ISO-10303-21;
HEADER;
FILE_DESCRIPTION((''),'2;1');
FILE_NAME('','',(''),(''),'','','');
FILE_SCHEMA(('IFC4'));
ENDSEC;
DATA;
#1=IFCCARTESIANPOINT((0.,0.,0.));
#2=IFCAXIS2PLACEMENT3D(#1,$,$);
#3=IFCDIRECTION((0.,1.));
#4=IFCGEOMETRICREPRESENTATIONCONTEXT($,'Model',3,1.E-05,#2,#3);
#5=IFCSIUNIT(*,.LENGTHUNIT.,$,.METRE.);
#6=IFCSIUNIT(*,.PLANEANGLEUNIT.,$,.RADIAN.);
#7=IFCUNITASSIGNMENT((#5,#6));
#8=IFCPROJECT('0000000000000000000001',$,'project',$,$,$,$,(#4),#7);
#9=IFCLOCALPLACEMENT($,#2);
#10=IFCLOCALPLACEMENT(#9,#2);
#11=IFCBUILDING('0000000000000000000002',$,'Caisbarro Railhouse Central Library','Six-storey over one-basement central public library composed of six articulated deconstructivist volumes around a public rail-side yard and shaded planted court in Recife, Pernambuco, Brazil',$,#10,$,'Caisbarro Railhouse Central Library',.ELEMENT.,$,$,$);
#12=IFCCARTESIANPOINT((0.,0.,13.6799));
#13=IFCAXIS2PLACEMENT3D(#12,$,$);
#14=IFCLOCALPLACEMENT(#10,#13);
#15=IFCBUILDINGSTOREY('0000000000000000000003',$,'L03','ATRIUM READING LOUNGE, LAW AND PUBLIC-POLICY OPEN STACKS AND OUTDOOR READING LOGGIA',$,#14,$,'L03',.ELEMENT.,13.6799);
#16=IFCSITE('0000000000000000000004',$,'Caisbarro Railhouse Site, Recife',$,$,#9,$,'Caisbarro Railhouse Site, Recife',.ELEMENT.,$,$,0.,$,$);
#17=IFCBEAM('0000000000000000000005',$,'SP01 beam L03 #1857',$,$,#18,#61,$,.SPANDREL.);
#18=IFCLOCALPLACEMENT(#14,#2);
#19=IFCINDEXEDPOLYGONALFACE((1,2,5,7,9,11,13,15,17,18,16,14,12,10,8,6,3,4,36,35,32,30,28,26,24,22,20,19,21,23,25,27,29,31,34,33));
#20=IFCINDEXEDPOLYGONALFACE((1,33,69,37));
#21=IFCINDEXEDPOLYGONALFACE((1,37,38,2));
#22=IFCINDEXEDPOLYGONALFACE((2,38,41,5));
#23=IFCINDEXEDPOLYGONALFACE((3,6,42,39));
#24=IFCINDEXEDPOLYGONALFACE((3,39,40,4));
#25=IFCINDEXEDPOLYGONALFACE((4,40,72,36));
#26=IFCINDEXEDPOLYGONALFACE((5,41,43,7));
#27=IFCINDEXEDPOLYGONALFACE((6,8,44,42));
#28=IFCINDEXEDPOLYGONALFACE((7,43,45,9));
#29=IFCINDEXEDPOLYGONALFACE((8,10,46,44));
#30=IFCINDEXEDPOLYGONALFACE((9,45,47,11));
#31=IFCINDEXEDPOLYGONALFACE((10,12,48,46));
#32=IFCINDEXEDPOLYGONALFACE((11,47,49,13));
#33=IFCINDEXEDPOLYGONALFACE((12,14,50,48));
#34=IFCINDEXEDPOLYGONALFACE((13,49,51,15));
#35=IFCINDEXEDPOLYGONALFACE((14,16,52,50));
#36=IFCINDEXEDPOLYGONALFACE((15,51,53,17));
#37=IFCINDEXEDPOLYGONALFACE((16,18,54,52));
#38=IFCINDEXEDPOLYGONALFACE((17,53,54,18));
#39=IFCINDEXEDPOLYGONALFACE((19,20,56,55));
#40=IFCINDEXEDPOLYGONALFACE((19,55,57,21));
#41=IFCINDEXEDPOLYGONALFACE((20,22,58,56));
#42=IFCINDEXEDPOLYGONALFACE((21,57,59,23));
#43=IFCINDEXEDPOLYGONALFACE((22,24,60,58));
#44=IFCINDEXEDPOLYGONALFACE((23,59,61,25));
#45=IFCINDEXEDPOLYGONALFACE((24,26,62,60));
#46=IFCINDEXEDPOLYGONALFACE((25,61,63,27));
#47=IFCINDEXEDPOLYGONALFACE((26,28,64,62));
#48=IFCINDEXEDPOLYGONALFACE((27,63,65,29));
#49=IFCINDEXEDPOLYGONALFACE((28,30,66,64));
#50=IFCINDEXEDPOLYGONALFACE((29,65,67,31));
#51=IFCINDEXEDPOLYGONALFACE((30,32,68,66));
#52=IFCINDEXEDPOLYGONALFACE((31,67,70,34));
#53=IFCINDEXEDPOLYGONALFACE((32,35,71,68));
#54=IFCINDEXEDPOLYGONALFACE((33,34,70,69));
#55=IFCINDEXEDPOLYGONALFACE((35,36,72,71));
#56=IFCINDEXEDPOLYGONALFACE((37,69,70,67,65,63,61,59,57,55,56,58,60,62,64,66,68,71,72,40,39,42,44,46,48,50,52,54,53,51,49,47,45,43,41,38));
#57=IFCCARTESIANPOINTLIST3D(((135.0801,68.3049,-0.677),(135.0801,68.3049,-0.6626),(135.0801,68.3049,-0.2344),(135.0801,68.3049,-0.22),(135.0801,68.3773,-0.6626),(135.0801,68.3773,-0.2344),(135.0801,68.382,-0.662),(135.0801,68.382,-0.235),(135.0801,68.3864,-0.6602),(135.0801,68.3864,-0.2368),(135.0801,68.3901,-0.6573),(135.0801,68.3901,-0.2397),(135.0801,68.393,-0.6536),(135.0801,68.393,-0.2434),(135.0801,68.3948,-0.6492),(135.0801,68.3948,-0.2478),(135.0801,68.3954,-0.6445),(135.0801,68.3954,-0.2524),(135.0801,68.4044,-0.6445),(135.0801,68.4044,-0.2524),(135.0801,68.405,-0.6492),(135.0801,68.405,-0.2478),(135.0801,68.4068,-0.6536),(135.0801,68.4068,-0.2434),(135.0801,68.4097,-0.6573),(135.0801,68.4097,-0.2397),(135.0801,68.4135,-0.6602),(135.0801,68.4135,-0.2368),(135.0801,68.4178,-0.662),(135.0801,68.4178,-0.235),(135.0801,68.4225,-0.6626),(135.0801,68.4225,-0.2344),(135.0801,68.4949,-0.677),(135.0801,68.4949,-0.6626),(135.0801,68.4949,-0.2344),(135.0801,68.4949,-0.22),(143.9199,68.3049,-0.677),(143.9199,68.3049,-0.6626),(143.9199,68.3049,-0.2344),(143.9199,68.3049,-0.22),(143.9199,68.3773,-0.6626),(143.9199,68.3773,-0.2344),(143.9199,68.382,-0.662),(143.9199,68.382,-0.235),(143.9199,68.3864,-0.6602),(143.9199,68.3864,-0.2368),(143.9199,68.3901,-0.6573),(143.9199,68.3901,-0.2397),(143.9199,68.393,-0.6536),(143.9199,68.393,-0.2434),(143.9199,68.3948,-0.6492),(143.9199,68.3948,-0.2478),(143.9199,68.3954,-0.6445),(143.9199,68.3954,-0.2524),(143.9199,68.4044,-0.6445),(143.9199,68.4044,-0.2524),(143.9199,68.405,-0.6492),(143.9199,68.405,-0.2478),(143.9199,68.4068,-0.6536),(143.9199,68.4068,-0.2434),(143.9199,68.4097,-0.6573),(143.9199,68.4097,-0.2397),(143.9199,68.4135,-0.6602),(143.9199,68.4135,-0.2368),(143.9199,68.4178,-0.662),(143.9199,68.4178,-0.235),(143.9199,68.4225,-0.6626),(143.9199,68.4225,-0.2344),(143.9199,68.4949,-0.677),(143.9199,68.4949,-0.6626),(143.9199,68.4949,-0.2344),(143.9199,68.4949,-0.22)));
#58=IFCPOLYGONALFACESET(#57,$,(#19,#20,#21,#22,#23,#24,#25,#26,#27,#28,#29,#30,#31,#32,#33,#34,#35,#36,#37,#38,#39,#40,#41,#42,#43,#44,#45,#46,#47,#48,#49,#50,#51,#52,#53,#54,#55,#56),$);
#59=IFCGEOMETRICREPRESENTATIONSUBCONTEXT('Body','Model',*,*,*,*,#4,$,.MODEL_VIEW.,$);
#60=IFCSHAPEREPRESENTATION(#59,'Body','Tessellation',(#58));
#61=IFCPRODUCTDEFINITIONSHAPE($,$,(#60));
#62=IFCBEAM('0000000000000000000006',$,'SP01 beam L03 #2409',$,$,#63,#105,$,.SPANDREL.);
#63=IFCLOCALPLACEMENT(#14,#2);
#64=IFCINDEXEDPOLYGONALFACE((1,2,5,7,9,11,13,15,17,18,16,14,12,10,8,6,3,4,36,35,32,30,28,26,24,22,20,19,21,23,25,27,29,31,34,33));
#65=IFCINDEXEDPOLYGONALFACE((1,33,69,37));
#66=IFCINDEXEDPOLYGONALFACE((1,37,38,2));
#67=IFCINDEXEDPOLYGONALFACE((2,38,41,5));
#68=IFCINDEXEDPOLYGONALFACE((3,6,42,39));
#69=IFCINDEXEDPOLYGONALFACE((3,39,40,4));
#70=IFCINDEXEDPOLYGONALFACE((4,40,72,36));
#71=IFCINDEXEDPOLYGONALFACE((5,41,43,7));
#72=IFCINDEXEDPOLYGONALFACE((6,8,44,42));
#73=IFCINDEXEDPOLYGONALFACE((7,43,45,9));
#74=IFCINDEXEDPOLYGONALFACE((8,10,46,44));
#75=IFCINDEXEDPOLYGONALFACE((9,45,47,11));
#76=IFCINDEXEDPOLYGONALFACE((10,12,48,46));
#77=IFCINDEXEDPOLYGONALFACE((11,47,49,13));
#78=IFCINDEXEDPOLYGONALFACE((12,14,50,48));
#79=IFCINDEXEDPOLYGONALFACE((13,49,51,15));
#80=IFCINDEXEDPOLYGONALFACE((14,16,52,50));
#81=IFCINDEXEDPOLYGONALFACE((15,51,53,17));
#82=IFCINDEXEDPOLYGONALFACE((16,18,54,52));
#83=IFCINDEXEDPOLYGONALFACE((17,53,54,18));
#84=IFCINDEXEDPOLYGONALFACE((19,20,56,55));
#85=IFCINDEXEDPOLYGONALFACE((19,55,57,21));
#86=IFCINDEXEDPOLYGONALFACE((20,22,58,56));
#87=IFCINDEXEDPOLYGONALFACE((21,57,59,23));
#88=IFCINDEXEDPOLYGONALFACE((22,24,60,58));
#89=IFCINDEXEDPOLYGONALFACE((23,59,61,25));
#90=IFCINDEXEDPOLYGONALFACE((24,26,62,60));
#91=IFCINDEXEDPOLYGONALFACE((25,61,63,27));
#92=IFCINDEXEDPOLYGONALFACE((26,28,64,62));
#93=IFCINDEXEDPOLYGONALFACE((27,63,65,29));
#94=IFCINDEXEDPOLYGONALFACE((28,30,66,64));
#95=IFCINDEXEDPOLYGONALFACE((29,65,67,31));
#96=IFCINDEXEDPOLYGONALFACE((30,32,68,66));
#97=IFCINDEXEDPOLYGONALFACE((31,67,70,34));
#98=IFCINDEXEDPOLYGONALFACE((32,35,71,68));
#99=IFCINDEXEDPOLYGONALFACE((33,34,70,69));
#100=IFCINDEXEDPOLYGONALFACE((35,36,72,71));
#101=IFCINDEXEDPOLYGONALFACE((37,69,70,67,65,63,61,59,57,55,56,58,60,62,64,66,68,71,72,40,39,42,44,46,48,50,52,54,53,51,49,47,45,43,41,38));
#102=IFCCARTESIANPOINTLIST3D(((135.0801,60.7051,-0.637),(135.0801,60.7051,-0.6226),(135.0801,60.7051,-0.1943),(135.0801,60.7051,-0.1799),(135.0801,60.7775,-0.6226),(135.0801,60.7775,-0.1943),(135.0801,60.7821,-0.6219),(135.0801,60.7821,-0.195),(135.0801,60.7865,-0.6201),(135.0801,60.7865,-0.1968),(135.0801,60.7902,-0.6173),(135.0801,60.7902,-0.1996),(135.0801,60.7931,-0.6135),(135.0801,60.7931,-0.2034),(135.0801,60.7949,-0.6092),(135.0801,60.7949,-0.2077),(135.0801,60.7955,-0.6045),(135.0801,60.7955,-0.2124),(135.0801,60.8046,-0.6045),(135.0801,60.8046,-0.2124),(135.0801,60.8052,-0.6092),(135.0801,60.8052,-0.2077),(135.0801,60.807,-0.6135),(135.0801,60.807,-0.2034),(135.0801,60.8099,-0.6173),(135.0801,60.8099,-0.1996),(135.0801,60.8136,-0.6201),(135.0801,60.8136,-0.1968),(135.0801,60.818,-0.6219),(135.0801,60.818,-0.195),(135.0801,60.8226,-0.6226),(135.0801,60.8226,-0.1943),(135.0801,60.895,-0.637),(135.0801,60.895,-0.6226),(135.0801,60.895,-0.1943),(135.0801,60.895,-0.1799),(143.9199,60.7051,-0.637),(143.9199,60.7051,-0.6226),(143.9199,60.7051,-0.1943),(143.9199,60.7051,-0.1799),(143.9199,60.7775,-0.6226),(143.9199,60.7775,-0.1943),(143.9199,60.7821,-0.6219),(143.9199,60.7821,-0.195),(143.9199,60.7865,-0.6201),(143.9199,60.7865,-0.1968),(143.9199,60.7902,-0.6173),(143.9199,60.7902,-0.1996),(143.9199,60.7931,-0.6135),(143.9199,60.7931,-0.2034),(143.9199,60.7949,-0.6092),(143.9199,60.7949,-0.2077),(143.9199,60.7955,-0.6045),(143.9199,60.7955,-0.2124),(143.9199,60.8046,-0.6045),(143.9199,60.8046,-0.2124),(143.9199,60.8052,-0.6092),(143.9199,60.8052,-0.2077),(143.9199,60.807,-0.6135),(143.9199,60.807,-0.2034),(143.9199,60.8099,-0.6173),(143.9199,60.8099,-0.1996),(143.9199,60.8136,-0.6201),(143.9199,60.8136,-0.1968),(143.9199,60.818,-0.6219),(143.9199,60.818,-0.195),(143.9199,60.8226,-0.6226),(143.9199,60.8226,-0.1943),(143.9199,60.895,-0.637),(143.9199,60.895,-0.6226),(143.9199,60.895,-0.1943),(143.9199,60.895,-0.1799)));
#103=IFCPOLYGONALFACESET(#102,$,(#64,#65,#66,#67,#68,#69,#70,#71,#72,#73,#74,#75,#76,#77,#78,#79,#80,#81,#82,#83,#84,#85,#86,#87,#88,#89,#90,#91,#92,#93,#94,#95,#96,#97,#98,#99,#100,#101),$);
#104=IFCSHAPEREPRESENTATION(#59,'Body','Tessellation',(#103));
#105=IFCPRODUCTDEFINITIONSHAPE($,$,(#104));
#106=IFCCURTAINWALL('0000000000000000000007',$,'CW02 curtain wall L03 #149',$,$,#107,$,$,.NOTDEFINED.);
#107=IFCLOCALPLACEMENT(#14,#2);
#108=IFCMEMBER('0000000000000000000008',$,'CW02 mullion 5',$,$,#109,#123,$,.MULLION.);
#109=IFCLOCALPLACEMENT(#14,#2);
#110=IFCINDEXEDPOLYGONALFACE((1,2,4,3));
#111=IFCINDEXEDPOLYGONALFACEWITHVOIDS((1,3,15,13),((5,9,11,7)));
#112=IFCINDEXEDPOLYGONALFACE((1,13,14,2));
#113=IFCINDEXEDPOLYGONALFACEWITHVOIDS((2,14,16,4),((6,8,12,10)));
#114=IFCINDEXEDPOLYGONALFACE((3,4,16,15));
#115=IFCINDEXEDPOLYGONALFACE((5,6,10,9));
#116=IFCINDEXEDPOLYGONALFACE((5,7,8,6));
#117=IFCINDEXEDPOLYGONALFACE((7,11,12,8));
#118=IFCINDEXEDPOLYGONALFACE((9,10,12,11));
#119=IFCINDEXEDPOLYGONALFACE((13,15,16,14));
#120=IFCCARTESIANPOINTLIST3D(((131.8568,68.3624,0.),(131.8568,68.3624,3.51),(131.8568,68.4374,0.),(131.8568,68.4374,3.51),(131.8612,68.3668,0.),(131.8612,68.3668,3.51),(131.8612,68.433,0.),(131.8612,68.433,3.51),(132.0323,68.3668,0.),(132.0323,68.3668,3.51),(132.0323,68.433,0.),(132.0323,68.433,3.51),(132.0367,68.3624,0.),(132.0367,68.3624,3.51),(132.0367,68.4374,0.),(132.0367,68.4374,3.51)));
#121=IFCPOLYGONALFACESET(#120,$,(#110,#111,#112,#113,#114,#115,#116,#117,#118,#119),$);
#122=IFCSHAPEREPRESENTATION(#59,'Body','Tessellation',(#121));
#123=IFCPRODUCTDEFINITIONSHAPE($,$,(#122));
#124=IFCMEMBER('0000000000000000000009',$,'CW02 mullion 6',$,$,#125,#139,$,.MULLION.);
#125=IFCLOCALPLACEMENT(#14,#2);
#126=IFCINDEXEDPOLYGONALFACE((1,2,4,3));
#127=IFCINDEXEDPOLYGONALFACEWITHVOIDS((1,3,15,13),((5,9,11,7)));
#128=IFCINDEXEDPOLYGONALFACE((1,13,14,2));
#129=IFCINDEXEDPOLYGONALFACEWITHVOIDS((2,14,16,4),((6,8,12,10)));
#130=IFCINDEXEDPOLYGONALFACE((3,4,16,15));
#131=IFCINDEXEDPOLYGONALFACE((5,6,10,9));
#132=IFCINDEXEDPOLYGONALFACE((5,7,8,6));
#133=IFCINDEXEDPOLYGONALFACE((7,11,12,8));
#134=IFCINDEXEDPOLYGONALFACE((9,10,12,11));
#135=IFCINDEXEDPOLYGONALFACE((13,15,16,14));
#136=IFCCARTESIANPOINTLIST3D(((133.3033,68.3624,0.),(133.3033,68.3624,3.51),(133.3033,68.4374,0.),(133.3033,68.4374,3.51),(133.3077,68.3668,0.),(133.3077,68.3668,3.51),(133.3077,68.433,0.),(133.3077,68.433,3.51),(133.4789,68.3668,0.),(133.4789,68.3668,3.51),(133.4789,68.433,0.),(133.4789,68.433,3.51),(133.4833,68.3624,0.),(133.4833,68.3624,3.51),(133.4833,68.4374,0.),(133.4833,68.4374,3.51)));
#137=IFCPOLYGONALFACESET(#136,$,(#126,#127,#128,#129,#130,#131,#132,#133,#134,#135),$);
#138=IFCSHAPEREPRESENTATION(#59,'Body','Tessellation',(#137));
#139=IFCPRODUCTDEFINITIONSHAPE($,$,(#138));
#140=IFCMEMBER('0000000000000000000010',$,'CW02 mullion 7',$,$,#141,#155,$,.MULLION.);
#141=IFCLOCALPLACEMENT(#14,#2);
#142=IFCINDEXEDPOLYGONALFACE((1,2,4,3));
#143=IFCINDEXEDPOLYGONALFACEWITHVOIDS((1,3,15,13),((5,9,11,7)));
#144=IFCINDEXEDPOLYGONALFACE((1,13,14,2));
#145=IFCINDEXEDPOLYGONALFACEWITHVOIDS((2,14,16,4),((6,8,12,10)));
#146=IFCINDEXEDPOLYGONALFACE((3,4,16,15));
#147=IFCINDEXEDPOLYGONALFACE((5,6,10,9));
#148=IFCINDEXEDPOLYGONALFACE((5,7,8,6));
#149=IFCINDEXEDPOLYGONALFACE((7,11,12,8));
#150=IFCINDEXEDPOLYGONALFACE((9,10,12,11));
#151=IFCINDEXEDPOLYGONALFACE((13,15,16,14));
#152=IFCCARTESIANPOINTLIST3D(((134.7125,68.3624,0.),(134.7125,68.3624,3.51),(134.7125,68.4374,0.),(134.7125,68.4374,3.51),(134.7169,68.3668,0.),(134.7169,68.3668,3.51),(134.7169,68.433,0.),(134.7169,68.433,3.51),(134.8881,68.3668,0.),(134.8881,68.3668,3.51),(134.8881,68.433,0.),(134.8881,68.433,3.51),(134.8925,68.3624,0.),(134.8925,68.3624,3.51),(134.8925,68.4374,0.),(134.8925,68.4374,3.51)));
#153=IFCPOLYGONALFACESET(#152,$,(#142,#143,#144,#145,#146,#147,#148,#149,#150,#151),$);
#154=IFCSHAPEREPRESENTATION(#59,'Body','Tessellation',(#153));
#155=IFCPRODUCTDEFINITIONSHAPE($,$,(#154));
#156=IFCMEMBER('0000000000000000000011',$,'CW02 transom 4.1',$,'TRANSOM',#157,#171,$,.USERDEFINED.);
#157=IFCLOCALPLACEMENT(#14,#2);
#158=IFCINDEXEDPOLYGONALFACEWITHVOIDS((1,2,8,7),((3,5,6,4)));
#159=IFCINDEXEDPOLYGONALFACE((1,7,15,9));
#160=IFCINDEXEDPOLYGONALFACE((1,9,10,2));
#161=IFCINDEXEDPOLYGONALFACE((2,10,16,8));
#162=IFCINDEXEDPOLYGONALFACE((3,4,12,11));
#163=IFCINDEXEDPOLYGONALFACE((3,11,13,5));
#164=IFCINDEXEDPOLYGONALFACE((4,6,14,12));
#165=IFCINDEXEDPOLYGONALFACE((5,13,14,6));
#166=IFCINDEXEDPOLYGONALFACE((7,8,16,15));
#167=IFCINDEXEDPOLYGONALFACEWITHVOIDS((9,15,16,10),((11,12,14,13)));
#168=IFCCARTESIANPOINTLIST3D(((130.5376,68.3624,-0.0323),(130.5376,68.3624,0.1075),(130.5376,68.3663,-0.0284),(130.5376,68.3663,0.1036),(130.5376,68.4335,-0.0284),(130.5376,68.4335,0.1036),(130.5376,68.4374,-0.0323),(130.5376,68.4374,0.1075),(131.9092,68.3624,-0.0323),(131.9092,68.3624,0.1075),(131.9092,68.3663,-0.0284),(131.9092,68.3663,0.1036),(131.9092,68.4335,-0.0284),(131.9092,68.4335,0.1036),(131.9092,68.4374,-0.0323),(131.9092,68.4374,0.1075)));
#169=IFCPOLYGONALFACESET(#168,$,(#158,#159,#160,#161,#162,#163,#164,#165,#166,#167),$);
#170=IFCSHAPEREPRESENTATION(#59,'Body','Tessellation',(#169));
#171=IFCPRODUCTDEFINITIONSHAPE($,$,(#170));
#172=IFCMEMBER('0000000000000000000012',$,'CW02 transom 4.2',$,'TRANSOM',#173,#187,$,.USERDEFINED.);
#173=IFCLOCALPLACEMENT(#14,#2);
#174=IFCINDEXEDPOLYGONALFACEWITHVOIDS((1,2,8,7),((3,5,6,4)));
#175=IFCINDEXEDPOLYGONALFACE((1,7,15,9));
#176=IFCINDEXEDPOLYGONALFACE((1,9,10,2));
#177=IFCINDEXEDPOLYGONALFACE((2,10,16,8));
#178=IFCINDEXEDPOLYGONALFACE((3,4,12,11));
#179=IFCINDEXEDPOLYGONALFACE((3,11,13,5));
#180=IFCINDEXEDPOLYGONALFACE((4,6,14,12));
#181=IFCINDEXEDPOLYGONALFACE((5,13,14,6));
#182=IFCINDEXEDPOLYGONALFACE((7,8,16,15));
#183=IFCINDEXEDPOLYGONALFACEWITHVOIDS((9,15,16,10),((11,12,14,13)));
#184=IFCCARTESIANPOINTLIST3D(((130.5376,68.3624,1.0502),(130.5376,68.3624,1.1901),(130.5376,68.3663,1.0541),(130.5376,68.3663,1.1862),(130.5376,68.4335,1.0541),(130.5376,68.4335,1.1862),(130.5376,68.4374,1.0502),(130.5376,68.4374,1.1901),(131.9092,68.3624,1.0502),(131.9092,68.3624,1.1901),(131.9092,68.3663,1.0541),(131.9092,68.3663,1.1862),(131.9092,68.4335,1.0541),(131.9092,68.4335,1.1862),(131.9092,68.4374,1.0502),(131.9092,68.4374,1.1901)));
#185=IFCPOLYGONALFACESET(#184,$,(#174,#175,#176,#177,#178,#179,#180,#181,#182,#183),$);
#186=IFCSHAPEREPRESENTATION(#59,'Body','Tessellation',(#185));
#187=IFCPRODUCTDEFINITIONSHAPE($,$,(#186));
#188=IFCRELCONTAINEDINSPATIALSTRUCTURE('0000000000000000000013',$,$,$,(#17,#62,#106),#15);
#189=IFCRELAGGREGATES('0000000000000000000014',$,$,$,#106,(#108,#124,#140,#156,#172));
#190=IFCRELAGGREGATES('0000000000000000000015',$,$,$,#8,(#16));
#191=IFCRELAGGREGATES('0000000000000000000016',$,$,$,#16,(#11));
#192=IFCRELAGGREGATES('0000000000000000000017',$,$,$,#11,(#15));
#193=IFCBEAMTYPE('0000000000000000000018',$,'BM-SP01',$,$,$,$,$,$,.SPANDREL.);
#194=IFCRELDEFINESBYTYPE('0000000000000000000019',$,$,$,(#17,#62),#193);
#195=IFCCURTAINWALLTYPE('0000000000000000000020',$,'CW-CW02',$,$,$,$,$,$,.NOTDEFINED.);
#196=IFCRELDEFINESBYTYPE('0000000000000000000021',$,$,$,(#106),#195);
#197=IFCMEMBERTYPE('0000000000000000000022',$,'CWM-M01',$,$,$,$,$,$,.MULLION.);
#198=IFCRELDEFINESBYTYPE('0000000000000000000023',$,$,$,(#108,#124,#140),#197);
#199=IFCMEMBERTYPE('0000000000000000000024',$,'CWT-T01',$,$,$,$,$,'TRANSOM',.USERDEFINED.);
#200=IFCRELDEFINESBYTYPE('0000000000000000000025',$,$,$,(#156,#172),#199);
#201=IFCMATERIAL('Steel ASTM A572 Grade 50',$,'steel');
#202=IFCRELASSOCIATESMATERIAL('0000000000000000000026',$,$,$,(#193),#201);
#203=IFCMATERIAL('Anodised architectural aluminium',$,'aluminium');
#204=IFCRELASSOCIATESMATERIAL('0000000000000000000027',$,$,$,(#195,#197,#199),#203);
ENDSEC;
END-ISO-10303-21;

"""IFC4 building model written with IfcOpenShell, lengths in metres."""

from ifc_helpers import new_model, si_unit, direction, frame, origin, origin_2d, place, context, subcontext, project, spatial, hollow_rectangle, i_section, extrude, material, material_profile, profile_set, type_object, element, aggregate, save


model = new_model("IFC4")

# Units and contexts
model_context = context("Model", 3, precision=1e-05, world=origin(), true_north=direction((0.0, 1.0)))
body_context = subcontext(model_context, "Body", "Model", "MODEL_VIEW")
ifc_project = project(units=[si_unit("LENGTHUNIT", "METRE"), si_unit("PLANEANGLEUNIT", "RADIAN")], contexts=[model_context])

# Site, building, storey
site_placement = place(None, origin())
site = spatial("IfcSite", under=ifc_project, at=site_placement, Name="Caisbarro Railhouse Site, Recife", LongName="Caisbarro Railhouse Site, Recife", CompositionType="ELEMENT", RefElevation=0.0)
building_placement = place(site_placement, origin())
building = spatial("IfcBuilding", under=site, at=building_placement, Name="Caisbarro Railhouse Central Library", Description="Six-storey over one-basement central public library composed of six articulated deconstructivist volumes around a public rail-side yard and shaded planted court in Recife, Pernambuco, Brazil", LongName="Caisbarro Railhouse Central Library", CompositionType="ELEMENT")
storey_placement = place(building_placement, frame((0.0, 0.0, 13.6799)))
storey = spatial("IfcBuildingStorey", under=building, at=storey_placement, Name="L03", Description="ATRIUM READING LOUNGE, LAW AND PUBLIC-POLICY OPEN STACKS AND OUTDOOR READING LOGGIA", LongName="L03", CompositionType="ELEMENT", Elevation=13.6799)

# Shared definitions
ifc_material_1 = material(Name="Steel ASTM A572 Grade 50", Category="steel")

# Beams
ifc_material_profile_1 = material_profile(ifc_material_1, i_section(OverallWidth=0.1899, OverallDepth=0.457, WebThickness=0.009, FlangeThickness=0.0144, FilletRadius=0.0181, at=origin_2d()), Name="W460X74.0")
ifc_profile_set_1 = profile_set([ifc_material_profile_1], Name="Steel ASTM A572 Grade 50")
beam_type_1 = type_object("IfcBeamType", Name="BM-SP01", PredefinedType="SPANDREL", material=ifc_profile_set_1)
for number, where, z_axis, x_axis, name in (
    (1, (135.0801, 68.3999, -0.4485), (1.0, 0.0, 0.0), (0.0, 1.0, 0.0), "SP01 beam L03 #1857"),
    (2, (135.0801, 60.8, -0.4084), (1.0, 0.0, 0.0), (0.0, 1.0, 0.0), "SP01 beam L03 #2409"),
):
    element("IfcBeam", number, at=place(storey_placement, frame(where, z_axis=z_axis, x_axis=x_axis)), inside=storey, type_object=beam_type_1, Name=name, PredefinedType="SPANDREL", context=body_context, shape_type="SweptSolid", body=[
        extrude(i_section(OverallWidth=0.1899, OverallDepth=0.457, WebThickness=0.009, FlangeThickness=0.0144, FilletRadius=0.0181, at=origin_2d()), origin(), (0.0, 0.0, 1.0), 8.8398),
    ])

# Curtain wall, members
ifc_material_2 = material(Name="Anodised architectural aluminium", Category="aluminium")
curtain_wall_type = type_object("IfcCurtainWallType", Name="CW-CW02", PredefinedType="NOTDEFINED", material=ifc_material_2)
curtain_wall_placement = place(storey_placement, origin())
curtain_wall = element("IfcCurtainWall", 3, at=curtain_wall_placement, inside=storey, type_object=curtain_wall_type, Name="CW02 curtain wall L03 #149", PredefinedType="NOTDEFINED")
ifc_material_profile_2 = material_profile(ifc_material_2, hollow_rectangle(XDim=0.075, YDim=0.1799, WallThickness=0.0044, at=origin_2d()), Name="ALU-MUL-75X180")
ifc_profile_set_2 = profile_set([ifc_material_profile_2], Name="Anodised architectural aluminium")
member_type_1 = type_object("IfcMemberType", Name="CWM-M01", PredefinedType="MULLION", material=ifc_profile_set_2)
member_1_placement = place(storey_placement, frame((131.9468, 68.3999, 0.0), z_axis=(0.0, 0.0, 1.0), x_axis=(0.0, 1.0, 0.0)))
member_1 = element("IfcMember", 4, at=member_1_placement, type_object=member_type_1, Name="CW02 mullion 5", PredefinedType="MULLION", context=body_context, shape_type="SweptSolid", body=[
    extrude(hollow_rectangle(XDim=0.075, YDim=0.1799, WallThickness=0.0044, at=origin_2d()), origin(), (0.0, 0.0, 1.0), 3.51),
])
member_2_placement = place(storey_placement, frame((133.3933, 68.3999, 0.0), z_axis=(0.0, 0.0, 1.0), x_axis=(0.0, 1.0, 0.0)))
member_2 = element("IfcMember", 5, at=member_2_placement, type_object=member_type_1, Name="CW02 mullion 6", PredefinedType="MULLION", context=body_context, shape_type="SweptSolid", body=[
    extrude(hollow_rectangle(XDim=0.075, YDim=0.1799, WallThickness=0.0044, at=origin_2d()), origin(), (0.0, 0.0, 1.0), 3.51),
])
member_3_placement = place(storey_placement, frame((134.8025, 68.3999, 0.0), z_axis=(0.0, 0.0, 1.0), x_axis=(0.0, 1.0, 0.0)))
member_3 = element("IfcMember", 6, at=member_3_placement, type_object=member_type_1, Name="CW02 mullion 7", PredefinedType="MULLION", context=body_context, shape_type="SweptSolid", body=[
    extrude(hollow_rectangle(XDim=0.075, YDim=0.1799, WallThickness=0.0044, at=origin_2d()), origin(), (0.0, 0.0, 1.0), 3.51),
])
ifc_material_profile_3 = material_profile(ifc_material_2, hollow_rectangle(XDim=0.075, YDim=0.1399, WallThickness=0.0039, at=origin_2d()), Name="ALU-TRN-75X140")
ifc_profile_set_3 = profile_set([ifc_material_profile_3], Name="Anodised architectural aluminium")
member_type_2 = type_object("IfcMemberType", Name="CWT-T01", ElementType="TRANSOM", PredefinedType="USERDEFINED", material=ifc_profile_set_3)
member_4_placement = place(storey_placement, frame((130.5376, 68.3999, 0.0376), z_axis=(1.0, 0.0, 0.0), x_axis=(0.0, 1.0, 0.0)))
member_4 = element("IfcMember", 7, at=member_4_placement, type_object=member_type_2, Name="CW02 transom 4.1", ObjectType="TRANSOM", PredefinedType="USERDEFINED", context=body_context, shape_type="SweptSolid", body=[
    extrude(hollow_rectangle(XDim=0.075, YDim=0.1399, WallThickness=0.0039, at=origin_2d()), origin(), (0.0, 0.0, 1.0), 1.3716),
])
member_5_placement = place(storey_placement, frame((130.5376, 68.3999, 1.1201), z_axis=(1.0, 0.0, 0.0), x_axis=(0.0, 1.0, 0.0)))
member_5 = element("IfcMember", 8, at=member_5_placement, type_object=member_type_2, Name="CW02 transom 4.2", ObjectType="TRANSOM", PredefinedType="USERDEFINED", context=body_context, shape_type="SweptSolid", body=[
    extrude(hollow_rectangle(XDim=0.075, YDim=0.1399, WallThickness=0.0039, at=origin_2d()), origin(), (0.0, 0.0, 1.0), 1.3716),
])
aggregate(curtain_wall, [member_1, member_2, member_3, member_4, member_5])

save(model, "model.ifc")
